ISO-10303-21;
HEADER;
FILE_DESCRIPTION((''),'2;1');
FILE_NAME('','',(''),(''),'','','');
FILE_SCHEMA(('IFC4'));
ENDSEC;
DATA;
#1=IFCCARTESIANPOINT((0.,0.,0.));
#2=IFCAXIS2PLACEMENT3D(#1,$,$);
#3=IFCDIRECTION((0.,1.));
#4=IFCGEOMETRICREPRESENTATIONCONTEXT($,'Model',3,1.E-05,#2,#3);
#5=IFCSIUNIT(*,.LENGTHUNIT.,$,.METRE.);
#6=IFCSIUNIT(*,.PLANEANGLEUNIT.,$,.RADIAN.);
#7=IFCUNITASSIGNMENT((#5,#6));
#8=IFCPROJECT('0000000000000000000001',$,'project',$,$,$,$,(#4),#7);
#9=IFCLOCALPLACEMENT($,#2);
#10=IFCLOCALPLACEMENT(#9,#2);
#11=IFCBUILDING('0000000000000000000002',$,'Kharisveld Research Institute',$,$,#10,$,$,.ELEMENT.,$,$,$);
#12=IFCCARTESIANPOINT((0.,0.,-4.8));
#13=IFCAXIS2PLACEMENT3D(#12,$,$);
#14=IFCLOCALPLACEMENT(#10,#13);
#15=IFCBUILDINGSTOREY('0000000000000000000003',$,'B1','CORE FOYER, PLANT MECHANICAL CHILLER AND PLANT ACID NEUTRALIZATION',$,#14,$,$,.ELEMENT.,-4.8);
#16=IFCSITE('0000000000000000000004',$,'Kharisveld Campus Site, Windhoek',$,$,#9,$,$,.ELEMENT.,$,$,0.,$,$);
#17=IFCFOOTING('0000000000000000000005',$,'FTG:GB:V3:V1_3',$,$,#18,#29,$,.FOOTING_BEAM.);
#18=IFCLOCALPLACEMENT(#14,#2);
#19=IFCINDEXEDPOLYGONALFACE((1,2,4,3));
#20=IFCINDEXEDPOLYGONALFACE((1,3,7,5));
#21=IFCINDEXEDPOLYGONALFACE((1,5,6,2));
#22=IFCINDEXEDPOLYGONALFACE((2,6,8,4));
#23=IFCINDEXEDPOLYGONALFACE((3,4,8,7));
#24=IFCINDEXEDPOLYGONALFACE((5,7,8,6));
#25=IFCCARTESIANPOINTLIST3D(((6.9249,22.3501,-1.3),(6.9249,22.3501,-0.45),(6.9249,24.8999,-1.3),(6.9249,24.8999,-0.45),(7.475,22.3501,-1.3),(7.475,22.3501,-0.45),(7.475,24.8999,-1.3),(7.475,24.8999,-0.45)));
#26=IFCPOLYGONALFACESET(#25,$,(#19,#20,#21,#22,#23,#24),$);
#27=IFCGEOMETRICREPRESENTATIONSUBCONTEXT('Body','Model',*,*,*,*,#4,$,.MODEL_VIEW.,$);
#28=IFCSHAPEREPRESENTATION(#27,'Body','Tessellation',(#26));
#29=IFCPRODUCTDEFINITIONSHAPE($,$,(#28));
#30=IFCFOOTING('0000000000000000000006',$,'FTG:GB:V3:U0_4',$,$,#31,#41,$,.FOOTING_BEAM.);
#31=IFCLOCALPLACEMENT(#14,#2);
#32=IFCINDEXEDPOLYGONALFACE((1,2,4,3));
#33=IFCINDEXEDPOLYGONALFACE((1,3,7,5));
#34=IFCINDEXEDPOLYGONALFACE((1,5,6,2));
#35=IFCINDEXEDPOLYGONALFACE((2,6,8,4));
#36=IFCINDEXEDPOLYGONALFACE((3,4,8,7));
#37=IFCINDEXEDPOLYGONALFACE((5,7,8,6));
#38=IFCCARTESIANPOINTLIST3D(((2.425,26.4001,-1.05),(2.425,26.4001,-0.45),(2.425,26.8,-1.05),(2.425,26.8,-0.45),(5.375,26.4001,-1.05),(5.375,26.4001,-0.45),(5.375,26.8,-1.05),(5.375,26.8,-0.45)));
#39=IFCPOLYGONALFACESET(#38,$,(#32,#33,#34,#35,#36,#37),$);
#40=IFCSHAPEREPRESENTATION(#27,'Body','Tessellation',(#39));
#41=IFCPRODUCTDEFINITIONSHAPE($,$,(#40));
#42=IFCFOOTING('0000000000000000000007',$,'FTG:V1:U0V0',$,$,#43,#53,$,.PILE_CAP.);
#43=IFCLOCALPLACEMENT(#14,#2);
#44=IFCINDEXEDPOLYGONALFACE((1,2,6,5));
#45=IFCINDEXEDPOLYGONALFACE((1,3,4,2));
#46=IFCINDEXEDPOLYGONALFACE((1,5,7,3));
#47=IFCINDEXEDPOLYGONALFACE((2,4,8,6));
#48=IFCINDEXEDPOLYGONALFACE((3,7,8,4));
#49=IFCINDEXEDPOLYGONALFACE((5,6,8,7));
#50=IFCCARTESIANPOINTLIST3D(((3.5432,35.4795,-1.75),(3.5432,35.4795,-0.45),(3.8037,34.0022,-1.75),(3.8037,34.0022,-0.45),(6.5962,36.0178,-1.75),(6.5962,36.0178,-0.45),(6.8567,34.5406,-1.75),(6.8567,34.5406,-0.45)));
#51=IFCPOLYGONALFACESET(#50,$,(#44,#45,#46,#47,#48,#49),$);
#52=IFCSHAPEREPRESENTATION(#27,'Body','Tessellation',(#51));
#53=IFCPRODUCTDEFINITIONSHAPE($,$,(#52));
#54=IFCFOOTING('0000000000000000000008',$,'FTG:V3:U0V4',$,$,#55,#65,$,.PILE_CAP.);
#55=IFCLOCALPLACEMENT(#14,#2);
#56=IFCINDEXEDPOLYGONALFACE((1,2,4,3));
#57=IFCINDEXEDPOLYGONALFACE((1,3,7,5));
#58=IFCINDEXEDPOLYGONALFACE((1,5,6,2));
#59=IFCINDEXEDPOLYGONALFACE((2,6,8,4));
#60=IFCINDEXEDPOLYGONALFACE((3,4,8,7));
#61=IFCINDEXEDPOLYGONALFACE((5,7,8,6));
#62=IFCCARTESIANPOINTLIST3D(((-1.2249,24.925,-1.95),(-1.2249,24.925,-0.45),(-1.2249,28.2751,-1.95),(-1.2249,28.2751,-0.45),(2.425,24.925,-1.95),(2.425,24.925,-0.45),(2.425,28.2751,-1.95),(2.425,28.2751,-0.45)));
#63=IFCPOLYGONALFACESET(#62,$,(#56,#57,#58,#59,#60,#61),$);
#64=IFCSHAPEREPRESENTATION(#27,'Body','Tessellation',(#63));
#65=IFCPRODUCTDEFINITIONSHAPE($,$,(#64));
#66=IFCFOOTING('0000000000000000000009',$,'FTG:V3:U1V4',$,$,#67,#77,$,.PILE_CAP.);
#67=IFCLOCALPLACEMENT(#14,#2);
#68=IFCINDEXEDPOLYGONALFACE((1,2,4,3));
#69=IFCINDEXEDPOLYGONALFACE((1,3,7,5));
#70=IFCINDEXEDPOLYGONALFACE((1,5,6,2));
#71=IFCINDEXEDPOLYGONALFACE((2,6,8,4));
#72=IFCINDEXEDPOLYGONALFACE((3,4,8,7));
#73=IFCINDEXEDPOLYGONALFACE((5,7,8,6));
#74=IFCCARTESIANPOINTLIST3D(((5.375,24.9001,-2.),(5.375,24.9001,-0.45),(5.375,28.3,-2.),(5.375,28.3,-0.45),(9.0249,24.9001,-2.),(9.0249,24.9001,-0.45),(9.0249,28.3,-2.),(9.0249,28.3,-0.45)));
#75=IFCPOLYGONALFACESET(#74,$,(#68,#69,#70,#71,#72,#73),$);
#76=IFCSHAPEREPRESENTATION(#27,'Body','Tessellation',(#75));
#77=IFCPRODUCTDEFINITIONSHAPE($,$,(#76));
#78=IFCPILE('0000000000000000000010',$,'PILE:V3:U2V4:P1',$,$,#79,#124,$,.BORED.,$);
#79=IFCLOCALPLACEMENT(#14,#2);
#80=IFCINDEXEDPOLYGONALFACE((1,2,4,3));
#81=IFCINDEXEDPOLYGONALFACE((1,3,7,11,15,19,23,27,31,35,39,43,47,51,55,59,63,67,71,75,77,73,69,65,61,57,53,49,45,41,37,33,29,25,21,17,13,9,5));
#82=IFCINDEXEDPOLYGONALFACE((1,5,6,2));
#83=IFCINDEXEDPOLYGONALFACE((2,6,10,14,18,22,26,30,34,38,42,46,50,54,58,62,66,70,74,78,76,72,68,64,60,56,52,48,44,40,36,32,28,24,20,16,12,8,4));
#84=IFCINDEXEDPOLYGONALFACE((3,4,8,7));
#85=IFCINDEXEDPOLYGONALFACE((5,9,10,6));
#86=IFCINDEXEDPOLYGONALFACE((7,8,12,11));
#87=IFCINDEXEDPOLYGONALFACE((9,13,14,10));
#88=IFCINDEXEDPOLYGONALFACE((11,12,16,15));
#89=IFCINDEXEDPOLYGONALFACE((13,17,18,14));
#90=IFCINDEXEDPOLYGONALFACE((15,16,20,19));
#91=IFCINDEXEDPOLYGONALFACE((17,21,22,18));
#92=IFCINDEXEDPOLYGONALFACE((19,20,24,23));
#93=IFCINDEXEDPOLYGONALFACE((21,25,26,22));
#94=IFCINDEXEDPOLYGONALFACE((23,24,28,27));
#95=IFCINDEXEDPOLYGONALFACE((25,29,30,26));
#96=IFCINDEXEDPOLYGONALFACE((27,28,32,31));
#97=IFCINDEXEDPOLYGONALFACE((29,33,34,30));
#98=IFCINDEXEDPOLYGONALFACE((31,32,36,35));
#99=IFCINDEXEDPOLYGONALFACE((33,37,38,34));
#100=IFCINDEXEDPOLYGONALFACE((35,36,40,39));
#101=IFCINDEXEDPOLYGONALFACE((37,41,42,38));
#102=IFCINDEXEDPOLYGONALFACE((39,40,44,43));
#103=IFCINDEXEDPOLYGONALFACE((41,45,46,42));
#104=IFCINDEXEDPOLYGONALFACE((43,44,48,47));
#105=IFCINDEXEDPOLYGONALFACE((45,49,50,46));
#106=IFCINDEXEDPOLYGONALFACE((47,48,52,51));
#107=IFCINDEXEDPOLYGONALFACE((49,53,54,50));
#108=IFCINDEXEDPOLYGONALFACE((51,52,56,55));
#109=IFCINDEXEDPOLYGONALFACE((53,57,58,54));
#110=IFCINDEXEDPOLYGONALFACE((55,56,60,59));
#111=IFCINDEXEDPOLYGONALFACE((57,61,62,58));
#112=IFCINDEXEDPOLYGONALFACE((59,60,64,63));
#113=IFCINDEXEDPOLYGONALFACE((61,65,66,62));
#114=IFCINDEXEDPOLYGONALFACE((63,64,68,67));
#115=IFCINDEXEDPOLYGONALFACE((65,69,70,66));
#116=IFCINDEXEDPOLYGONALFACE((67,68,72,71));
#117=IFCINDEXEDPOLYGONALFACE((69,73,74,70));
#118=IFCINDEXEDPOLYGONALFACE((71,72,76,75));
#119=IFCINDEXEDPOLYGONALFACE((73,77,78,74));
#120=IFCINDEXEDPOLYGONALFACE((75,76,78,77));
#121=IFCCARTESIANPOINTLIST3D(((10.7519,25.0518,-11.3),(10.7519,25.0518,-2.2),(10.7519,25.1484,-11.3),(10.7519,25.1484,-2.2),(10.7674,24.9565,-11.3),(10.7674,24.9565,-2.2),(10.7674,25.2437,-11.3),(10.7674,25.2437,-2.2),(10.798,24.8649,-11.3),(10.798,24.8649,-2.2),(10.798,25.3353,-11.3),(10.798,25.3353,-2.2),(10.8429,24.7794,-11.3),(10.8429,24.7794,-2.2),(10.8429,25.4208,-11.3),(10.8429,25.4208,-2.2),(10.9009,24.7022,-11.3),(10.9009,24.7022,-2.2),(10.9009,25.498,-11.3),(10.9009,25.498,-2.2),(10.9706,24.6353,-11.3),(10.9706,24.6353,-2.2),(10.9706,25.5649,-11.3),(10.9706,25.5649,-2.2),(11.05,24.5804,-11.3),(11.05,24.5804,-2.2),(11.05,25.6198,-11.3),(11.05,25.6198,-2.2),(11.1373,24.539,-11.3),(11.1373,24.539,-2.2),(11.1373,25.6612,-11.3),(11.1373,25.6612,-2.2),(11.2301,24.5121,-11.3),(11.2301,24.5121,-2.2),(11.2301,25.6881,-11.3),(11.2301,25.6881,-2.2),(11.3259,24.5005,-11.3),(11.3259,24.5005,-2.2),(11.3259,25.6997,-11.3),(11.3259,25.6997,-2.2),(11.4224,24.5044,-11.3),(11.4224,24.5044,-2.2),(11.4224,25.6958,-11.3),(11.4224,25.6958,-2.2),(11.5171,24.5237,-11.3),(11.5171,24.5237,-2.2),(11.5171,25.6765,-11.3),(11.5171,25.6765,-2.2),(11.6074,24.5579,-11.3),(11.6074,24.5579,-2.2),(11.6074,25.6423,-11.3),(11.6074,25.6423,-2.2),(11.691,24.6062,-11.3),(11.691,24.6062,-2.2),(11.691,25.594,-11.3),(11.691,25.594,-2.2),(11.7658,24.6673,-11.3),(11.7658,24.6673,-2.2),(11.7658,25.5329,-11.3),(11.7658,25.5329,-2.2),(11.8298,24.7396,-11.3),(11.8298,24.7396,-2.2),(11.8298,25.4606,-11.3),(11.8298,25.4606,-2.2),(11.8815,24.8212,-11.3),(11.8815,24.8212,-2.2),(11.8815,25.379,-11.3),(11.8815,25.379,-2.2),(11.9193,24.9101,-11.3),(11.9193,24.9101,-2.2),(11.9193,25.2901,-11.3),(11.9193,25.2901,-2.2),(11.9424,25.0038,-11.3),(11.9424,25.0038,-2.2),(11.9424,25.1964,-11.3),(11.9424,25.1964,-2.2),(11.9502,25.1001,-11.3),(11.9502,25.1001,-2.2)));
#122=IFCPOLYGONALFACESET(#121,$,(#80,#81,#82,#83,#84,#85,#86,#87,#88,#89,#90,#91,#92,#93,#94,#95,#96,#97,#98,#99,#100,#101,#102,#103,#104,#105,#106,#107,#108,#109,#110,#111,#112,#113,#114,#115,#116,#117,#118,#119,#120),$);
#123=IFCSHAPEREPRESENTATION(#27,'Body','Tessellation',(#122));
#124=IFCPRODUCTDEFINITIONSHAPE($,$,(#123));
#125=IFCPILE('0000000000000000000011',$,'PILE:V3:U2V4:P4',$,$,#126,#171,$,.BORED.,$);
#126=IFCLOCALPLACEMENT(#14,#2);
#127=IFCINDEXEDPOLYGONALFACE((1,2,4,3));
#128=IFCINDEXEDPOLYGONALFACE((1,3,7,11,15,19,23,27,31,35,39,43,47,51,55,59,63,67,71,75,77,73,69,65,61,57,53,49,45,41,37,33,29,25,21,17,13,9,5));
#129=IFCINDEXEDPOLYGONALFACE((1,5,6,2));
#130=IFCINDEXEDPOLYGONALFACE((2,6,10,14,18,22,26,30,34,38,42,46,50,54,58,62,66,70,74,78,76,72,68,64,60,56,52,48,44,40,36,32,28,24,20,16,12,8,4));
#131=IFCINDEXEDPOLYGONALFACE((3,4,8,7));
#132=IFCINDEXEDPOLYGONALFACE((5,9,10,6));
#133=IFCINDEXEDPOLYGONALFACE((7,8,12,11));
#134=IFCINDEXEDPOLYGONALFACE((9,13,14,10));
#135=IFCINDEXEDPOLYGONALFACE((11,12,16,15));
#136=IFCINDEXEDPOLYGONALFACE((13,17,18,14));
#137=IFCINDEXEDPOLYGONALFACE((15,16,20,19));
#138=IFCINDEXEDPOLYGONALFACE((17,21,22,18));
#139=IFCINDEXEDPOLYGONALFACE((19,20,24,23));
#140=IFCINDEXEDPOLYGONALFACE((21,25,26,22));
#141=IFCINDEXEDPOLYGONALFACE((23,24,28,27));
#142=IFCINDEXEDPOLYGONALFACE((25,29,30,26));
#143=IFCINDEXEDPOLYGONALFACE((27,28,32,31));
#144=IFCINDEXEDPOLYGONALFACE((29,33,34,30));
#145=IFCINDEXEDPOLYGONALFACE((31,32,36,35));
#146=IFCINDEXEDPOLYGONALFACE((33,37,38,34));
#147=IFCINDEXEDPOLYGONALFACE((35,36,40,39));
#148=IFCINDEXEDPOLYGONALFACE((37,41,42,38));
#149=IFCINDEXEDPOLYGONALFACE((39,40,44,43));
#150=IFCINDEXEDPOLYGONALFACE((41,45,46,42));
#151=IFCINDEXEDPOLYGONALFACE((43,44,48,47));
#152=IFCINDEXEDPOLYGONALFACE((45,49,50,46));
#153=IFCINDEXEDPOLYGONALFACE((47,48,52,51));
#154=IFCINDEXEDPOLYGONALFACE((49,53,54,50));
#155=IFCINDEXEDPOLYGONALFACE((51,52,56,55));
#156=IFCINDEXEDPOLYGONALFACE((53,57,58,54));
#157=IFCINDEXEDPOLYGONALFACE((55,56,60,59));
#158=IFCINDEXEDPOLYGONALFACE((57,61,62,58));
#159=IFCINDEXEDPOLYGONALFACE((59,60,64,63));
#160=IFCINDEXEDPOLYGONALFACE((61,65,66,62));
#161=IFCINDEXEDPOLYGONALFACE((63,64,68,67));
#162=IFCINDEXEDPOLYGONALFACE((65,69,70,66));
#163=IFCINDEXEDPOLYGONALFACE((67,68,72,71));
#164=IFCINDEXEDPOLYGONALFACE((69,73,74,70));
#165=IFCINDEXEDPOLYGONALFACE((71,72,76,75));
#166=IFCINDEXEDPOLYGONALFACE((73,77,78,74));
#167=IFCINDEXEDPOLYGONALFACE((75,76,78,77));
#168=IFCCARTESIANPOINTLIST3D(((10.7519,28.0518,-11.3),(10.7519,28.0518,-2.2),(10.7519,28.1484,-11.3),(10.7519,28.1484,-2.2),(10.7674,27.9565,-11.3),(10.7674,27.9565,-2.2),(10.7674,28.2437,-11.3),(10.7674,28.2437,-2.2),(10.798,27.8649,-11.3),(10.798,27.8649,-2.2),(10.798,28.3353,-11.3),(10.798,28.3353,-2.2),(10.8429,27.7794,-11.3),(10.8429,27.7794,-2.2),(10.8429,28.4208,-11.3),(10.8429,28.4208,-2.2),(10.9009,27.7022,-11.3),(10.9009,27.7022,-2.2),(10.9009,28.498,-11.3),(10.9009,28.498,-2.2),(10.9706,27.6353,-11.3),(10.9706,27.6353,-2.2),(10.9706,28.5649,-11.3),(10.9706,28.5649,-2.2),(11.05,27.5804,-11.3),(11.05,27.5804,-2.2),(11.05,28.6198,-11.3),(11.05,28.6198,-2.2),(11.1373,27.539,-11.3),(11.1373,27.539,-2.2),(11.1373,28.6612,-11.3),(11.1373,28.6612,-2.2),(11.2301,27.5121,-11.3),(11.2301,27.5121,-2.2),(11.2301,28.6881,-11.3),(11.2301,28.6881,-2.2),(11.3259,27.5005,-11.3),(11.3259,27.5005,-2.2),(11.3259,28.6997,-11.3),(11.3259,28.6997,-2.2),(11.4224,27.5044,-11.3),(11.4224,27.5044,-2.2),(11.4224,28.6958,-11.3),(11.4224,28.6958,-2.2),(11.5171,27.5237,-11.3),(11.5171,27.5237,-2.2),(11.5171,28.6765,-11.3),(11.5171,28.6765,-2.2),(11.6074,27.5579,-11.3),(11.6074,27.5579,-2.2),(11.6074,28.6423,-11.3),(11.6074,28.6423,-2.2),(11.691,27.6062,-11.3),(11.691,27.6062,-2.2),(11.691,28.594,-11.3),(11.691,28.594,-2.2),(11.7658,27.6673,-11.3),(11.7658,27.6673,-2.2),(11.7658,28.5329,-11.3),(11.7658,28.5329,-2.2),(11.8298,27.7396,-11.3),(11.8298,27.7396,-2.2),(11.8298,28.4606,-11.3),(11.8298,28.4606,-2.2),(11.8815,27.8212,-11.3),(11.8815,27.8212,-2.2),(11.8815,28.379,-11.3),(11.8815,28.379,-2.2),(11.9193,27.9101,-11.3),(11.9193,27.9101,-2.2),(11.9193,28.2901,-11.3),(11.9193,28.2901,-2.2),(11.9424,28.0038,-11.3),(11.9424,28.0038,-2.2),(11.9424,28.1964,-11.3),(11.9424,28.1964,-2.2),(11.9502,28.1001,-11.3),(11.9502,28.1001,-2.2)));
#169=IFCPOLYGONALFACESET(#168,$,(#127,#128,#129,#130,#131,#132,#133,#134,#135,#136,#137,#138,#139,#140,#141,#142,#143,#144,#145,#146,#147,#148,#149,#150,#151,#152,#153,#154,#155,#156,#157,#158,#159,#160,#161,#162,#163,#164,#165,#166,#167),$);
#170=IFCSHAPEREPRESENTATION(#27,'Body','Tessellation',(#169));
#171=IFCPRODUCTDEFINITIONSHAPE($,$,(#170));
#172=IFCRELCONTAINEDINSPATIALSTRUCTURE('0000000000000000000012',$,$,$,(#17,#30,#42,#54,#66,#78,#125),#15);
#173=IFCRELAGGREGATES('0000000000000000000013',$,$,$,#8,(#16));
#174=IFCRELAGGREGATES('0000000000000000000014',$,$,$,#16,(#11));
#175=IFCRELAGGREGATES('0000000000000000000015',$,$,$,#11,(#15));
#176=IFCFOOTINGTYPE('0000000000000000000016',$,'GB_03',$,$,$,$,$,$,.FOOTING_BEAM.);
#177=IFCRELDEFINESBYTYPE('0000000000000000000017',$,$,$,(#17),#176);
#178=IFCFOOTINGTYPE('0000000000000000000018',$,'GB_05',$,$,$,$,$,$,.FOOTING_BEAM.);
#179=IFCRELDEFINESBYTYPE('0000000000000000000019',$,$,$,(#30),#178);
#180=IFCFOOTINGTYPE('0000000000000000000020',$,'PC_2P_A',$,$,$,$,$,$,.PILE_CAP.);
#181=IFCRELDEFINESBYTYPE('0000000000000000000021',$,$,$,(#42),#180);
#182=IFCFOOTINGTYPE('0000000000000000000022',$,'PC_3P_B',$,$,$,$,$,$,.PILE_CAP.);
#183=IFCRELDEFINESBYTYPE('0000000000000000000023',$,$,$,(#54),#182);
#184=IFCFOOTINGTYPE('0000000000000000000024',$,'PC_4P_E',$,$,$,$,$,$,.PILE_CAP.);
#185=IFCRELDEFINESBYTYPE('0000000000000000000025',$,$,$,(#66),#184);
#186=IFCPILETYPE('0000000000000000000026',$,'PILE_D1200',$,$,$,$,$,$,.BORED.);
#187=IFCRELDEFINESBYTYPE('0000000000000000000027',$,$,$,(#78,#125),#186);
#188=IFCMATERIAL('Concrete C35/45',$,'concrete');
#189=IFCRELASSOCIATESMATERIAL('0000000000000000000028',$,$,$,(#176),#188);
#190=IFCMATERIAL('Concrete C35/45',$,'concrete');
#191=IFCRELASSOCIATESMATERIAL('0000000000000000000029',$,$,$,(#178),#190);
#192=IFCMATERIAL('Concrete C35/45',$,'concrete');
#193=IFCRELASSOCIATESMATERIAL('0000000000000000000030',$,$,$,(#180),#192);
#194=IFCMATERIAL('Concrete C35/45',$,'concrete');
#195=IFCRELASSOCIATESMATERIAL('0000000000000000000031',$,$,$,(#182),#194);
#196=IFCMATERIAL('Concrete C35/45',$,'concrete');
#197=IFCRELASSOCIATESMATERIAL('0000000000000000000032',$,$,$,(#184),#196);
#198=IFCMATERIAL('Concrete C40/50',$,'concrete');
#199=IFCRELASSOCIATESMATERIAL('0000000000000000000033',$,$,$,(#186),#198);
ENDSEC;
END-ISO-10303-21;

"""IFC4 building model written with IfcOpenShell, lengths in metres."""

from ifc_helpers import new_model, si_unit, direction, frame, origin, origin_2d, place, context, subcontext, project, spatial, rectangle, circle, extrude, material, material_profile, profile_set, type_object, element, save


model = new_model("IFC4")

# Units and contexts
model_context = context("Model", 3, precision=1e-05, world=origin(), true_north=direction((0.0, 1.0)))
body_context = subcontext(model_context, "Body", "Model", "MODEL_VIEW")
ifc_project = project(units=[si_unit("LENGTHUNIT", "METRE"), si_unit("PLANEANGLEUNIT", "RADIAN")], contexts=[model_context])

# Site, building, storey
site_placement = place(None, origin())
site = spatial("IfcSite", under=ifc_project, at=site_placement, Name="Kharisveld Campus Site, Windhoek", CompositionType="ELEMENT", RefElevation=0.0)
building_placement = place(site_placement, origin())
building = spatial("IfcBuilding", under=site, at=building_placement, Name="Kharisveld Research Institute", CompositionType="ELEMENT")
storey_placement = place(building_placement, frame((0.0, 0.0, -4.8)))
storey = spatial("IfcBuildingStorey", under=building, at=storey_placement, Name="B1", Description="CORE FOYER, PLANT MECHANICAL CHILLER AND PLANT ACID NEUTRALIZATION", CompositionType="ELEMENT", Elevation=-4.8)

# Footings
ifc_material_1 = material(Name="Concrete C35/45", Category="concrete")
ifc_material_profile_1 = material_profile(ifc_material_1, rectangle(XDim=0.55, YDim=0.8501, at=origin_2d()))
ifc_profile_set_1 = profile_set([ifc_material_profile_1], Name="Concrete C35/45")
footing_type_1 = type_object("IfcFootingType", Name="GB_03", PredefinedType="FOOTING_BEAM", material=ifc_profile_set_1)
footing_1_placement = place(storey_placement, frame((7.2, 22.3501, -0.875), z_axis=(0.0, 1.0, 0.0), x_axis=(-1.0, 0.0, 0.0)))
element("IfcFooting", 1, at=footing_1_placement, inside=storey, type_object=footing_type_1, Name="FTG:GB:V3:V1_3", PredefinedType="FOOTING_BEAM", context=body_context, shape_type="SweptSolid", body=[
    extrude(rectangle(XDim=0.55, YDim=0.8501, at=origin_2d()), origin(), (0.0, 0.0, 1.0), 2.5498),
])
ifc_material_2 = material(Name="Concrete C35/45", Category="concrete")
ifc_material_profile_2 = material_profile(ifc_material_2, rectangle(XDim=0.3999, YDim=0.6001, at=origin_2d()))
ifc_profile_set_2 = profile_set([ifc_material_profile_2], Name="Concrete C35/45")
footing_type_2 = type_object("IfcFootingType", Name="GB_05", PredefinedType="FOOTING_BEAM", material=ifc_profile_set_2)
footing_2_placement = place(storey_placement, frame((2.425, 26.6001, -0.75), z_axis=(1.0, 0.0, 0.0), x_axis=(0.0, 1.0, 0.0)))
element("IfcFooting", 2, at=footing_2_placement, inside=storey, type_object=footing_type_2, Name="FTG:GB:V3:U0_4", PredefinedType="FOOTING_BEAM", context=body_context, shape_type="SweptSolid", body=[
    extrude(rectangle(XDim=0.3999, YDim=0.6001, at=origin_2d()), origin(), (0.0, 0.0, 1.0), 2.95),
])
ifc_material_3 = material(Name="Concrete C35/45", Category="concrete")
footing_type_3 = type_object("IfcFootingType", Name="PC_2P_A", PredefinedType="PILE_CAP", material=ifc_material_3)
footing_3_placement = place(storey_placement, frame((5.2, 35.01, -1.75), z_axis=(0.0, 0.0, 1.0), x_axis=(0.984808, 0.173648, 0.0)))
element("IfcFooting", 3, at=footing_3_placement, inside=storey, type_object=footing_type_3, Name="FTG:V1:U0V0", PredefinedType="PILE_CAP", context=body_context, shape_type="SweptSolid", body=[
    extrude(rectangle(XDim=3.1001, YDim=1.5, at=origin_2d()), origin(), (0.0, 0.0, 1.0), 1.3),
])
ifc_material_4 = material(Name="Concrete C35/45", Category="concrete")
footing_type_4 = type_object("IfcFootingType", Name="PC_3P_B", PredefinedType="PILE_CAP", material=ifc_material_4)
footing_4_placement = place(storey_placement, frame((0.6001, 26.6001, -1.95), z_axis=(0.0, 0.0, 1.0), x_axis=(1.0, 0.0, 0.0)))
element("IfcFooting", 4, at=footing_4_placement, inside=storey, type_object=footing_type_4, Name="FTG:V3:U0V4", PredefinedType="PILE_CAP", context=body_context, shape_type="SweptSolid", body=[
    extrude(rectangle(XDim=3.6499, YDim=3.3501, at=origin_2d()), origin(), (0.0, 0.0, 1.0), 1.5),
])
ifc_material_5 = material(Name="Concrete C35/45", Category="concrete")
footing_type_5 = type_object("IfcFootingType", Name="PC_4P_E", PredefinedType="PILE_CAP", material=ifc_material_5)
footing_5_placement = place(storey_placement, frame((7.2, 26.6001, -2.0), z_axis=(0.0, 0.0, 1.0), x_axis=(1.0, 0.0, 0.0)))
element("IfcFooting", 5, at=footing_5_placement, inside=storey, type_object=footing_type_5, Name="FTG:V3:U1V4", PredefinedType="PILE_CAP", context=body_context, shape_type="SweptSolid", body=[
    extrude(rectangle(XDim=3.6499, YDim=3.3999, at=origin_2d()), origin(), (0.0, 0.0, 1.0), 1.55),
])

# Piles
ifc_material_6 = material(Name="Concrete C40/50", Category="concrete")
ifc_material_profile_3 = material_profile(ifc_material_6, circle(Radius=0.6001, at=origin_2d()))
ifc_profile_set_3 = profile_set([ifc_material_profile_3], Name="Concrete C40/50")
pile_type_1 = type_object("IfcPileType", Name="PILE_D1200", PredefinedType="BORED", material=ifc_profile_set_3)
for number, where, z_axis, x_axis, name in (
    (6, (11.3501, 25.1001, -2.2), (0.0, 0.0, -1.0), (1.0, 0.0, 0.0), "PILE:V3:U2V4:P1"),
    (7, (11.3501, 28.1001, -2.2), (0.0, 0.0, -1.0), (1.0, 0.0, 0.0), "PILE:V3:U2V4:P4"),
):
    element("IfcPile", number, at=place(storey_placement, frame(where, z_axis=z_axis, x_axis=x_axis)), inside=storey, type_object=pile_type_1, Name=name, PredefinedType="BORED", context=body_context, shape_type="SweptSolid", body=[
        extrude(circle(Radius=0.6001, at=origin_2d()), origin(), (0.0, 0.0, 1.0), 9.1001),
    ])

save(model, "model.ifc")
